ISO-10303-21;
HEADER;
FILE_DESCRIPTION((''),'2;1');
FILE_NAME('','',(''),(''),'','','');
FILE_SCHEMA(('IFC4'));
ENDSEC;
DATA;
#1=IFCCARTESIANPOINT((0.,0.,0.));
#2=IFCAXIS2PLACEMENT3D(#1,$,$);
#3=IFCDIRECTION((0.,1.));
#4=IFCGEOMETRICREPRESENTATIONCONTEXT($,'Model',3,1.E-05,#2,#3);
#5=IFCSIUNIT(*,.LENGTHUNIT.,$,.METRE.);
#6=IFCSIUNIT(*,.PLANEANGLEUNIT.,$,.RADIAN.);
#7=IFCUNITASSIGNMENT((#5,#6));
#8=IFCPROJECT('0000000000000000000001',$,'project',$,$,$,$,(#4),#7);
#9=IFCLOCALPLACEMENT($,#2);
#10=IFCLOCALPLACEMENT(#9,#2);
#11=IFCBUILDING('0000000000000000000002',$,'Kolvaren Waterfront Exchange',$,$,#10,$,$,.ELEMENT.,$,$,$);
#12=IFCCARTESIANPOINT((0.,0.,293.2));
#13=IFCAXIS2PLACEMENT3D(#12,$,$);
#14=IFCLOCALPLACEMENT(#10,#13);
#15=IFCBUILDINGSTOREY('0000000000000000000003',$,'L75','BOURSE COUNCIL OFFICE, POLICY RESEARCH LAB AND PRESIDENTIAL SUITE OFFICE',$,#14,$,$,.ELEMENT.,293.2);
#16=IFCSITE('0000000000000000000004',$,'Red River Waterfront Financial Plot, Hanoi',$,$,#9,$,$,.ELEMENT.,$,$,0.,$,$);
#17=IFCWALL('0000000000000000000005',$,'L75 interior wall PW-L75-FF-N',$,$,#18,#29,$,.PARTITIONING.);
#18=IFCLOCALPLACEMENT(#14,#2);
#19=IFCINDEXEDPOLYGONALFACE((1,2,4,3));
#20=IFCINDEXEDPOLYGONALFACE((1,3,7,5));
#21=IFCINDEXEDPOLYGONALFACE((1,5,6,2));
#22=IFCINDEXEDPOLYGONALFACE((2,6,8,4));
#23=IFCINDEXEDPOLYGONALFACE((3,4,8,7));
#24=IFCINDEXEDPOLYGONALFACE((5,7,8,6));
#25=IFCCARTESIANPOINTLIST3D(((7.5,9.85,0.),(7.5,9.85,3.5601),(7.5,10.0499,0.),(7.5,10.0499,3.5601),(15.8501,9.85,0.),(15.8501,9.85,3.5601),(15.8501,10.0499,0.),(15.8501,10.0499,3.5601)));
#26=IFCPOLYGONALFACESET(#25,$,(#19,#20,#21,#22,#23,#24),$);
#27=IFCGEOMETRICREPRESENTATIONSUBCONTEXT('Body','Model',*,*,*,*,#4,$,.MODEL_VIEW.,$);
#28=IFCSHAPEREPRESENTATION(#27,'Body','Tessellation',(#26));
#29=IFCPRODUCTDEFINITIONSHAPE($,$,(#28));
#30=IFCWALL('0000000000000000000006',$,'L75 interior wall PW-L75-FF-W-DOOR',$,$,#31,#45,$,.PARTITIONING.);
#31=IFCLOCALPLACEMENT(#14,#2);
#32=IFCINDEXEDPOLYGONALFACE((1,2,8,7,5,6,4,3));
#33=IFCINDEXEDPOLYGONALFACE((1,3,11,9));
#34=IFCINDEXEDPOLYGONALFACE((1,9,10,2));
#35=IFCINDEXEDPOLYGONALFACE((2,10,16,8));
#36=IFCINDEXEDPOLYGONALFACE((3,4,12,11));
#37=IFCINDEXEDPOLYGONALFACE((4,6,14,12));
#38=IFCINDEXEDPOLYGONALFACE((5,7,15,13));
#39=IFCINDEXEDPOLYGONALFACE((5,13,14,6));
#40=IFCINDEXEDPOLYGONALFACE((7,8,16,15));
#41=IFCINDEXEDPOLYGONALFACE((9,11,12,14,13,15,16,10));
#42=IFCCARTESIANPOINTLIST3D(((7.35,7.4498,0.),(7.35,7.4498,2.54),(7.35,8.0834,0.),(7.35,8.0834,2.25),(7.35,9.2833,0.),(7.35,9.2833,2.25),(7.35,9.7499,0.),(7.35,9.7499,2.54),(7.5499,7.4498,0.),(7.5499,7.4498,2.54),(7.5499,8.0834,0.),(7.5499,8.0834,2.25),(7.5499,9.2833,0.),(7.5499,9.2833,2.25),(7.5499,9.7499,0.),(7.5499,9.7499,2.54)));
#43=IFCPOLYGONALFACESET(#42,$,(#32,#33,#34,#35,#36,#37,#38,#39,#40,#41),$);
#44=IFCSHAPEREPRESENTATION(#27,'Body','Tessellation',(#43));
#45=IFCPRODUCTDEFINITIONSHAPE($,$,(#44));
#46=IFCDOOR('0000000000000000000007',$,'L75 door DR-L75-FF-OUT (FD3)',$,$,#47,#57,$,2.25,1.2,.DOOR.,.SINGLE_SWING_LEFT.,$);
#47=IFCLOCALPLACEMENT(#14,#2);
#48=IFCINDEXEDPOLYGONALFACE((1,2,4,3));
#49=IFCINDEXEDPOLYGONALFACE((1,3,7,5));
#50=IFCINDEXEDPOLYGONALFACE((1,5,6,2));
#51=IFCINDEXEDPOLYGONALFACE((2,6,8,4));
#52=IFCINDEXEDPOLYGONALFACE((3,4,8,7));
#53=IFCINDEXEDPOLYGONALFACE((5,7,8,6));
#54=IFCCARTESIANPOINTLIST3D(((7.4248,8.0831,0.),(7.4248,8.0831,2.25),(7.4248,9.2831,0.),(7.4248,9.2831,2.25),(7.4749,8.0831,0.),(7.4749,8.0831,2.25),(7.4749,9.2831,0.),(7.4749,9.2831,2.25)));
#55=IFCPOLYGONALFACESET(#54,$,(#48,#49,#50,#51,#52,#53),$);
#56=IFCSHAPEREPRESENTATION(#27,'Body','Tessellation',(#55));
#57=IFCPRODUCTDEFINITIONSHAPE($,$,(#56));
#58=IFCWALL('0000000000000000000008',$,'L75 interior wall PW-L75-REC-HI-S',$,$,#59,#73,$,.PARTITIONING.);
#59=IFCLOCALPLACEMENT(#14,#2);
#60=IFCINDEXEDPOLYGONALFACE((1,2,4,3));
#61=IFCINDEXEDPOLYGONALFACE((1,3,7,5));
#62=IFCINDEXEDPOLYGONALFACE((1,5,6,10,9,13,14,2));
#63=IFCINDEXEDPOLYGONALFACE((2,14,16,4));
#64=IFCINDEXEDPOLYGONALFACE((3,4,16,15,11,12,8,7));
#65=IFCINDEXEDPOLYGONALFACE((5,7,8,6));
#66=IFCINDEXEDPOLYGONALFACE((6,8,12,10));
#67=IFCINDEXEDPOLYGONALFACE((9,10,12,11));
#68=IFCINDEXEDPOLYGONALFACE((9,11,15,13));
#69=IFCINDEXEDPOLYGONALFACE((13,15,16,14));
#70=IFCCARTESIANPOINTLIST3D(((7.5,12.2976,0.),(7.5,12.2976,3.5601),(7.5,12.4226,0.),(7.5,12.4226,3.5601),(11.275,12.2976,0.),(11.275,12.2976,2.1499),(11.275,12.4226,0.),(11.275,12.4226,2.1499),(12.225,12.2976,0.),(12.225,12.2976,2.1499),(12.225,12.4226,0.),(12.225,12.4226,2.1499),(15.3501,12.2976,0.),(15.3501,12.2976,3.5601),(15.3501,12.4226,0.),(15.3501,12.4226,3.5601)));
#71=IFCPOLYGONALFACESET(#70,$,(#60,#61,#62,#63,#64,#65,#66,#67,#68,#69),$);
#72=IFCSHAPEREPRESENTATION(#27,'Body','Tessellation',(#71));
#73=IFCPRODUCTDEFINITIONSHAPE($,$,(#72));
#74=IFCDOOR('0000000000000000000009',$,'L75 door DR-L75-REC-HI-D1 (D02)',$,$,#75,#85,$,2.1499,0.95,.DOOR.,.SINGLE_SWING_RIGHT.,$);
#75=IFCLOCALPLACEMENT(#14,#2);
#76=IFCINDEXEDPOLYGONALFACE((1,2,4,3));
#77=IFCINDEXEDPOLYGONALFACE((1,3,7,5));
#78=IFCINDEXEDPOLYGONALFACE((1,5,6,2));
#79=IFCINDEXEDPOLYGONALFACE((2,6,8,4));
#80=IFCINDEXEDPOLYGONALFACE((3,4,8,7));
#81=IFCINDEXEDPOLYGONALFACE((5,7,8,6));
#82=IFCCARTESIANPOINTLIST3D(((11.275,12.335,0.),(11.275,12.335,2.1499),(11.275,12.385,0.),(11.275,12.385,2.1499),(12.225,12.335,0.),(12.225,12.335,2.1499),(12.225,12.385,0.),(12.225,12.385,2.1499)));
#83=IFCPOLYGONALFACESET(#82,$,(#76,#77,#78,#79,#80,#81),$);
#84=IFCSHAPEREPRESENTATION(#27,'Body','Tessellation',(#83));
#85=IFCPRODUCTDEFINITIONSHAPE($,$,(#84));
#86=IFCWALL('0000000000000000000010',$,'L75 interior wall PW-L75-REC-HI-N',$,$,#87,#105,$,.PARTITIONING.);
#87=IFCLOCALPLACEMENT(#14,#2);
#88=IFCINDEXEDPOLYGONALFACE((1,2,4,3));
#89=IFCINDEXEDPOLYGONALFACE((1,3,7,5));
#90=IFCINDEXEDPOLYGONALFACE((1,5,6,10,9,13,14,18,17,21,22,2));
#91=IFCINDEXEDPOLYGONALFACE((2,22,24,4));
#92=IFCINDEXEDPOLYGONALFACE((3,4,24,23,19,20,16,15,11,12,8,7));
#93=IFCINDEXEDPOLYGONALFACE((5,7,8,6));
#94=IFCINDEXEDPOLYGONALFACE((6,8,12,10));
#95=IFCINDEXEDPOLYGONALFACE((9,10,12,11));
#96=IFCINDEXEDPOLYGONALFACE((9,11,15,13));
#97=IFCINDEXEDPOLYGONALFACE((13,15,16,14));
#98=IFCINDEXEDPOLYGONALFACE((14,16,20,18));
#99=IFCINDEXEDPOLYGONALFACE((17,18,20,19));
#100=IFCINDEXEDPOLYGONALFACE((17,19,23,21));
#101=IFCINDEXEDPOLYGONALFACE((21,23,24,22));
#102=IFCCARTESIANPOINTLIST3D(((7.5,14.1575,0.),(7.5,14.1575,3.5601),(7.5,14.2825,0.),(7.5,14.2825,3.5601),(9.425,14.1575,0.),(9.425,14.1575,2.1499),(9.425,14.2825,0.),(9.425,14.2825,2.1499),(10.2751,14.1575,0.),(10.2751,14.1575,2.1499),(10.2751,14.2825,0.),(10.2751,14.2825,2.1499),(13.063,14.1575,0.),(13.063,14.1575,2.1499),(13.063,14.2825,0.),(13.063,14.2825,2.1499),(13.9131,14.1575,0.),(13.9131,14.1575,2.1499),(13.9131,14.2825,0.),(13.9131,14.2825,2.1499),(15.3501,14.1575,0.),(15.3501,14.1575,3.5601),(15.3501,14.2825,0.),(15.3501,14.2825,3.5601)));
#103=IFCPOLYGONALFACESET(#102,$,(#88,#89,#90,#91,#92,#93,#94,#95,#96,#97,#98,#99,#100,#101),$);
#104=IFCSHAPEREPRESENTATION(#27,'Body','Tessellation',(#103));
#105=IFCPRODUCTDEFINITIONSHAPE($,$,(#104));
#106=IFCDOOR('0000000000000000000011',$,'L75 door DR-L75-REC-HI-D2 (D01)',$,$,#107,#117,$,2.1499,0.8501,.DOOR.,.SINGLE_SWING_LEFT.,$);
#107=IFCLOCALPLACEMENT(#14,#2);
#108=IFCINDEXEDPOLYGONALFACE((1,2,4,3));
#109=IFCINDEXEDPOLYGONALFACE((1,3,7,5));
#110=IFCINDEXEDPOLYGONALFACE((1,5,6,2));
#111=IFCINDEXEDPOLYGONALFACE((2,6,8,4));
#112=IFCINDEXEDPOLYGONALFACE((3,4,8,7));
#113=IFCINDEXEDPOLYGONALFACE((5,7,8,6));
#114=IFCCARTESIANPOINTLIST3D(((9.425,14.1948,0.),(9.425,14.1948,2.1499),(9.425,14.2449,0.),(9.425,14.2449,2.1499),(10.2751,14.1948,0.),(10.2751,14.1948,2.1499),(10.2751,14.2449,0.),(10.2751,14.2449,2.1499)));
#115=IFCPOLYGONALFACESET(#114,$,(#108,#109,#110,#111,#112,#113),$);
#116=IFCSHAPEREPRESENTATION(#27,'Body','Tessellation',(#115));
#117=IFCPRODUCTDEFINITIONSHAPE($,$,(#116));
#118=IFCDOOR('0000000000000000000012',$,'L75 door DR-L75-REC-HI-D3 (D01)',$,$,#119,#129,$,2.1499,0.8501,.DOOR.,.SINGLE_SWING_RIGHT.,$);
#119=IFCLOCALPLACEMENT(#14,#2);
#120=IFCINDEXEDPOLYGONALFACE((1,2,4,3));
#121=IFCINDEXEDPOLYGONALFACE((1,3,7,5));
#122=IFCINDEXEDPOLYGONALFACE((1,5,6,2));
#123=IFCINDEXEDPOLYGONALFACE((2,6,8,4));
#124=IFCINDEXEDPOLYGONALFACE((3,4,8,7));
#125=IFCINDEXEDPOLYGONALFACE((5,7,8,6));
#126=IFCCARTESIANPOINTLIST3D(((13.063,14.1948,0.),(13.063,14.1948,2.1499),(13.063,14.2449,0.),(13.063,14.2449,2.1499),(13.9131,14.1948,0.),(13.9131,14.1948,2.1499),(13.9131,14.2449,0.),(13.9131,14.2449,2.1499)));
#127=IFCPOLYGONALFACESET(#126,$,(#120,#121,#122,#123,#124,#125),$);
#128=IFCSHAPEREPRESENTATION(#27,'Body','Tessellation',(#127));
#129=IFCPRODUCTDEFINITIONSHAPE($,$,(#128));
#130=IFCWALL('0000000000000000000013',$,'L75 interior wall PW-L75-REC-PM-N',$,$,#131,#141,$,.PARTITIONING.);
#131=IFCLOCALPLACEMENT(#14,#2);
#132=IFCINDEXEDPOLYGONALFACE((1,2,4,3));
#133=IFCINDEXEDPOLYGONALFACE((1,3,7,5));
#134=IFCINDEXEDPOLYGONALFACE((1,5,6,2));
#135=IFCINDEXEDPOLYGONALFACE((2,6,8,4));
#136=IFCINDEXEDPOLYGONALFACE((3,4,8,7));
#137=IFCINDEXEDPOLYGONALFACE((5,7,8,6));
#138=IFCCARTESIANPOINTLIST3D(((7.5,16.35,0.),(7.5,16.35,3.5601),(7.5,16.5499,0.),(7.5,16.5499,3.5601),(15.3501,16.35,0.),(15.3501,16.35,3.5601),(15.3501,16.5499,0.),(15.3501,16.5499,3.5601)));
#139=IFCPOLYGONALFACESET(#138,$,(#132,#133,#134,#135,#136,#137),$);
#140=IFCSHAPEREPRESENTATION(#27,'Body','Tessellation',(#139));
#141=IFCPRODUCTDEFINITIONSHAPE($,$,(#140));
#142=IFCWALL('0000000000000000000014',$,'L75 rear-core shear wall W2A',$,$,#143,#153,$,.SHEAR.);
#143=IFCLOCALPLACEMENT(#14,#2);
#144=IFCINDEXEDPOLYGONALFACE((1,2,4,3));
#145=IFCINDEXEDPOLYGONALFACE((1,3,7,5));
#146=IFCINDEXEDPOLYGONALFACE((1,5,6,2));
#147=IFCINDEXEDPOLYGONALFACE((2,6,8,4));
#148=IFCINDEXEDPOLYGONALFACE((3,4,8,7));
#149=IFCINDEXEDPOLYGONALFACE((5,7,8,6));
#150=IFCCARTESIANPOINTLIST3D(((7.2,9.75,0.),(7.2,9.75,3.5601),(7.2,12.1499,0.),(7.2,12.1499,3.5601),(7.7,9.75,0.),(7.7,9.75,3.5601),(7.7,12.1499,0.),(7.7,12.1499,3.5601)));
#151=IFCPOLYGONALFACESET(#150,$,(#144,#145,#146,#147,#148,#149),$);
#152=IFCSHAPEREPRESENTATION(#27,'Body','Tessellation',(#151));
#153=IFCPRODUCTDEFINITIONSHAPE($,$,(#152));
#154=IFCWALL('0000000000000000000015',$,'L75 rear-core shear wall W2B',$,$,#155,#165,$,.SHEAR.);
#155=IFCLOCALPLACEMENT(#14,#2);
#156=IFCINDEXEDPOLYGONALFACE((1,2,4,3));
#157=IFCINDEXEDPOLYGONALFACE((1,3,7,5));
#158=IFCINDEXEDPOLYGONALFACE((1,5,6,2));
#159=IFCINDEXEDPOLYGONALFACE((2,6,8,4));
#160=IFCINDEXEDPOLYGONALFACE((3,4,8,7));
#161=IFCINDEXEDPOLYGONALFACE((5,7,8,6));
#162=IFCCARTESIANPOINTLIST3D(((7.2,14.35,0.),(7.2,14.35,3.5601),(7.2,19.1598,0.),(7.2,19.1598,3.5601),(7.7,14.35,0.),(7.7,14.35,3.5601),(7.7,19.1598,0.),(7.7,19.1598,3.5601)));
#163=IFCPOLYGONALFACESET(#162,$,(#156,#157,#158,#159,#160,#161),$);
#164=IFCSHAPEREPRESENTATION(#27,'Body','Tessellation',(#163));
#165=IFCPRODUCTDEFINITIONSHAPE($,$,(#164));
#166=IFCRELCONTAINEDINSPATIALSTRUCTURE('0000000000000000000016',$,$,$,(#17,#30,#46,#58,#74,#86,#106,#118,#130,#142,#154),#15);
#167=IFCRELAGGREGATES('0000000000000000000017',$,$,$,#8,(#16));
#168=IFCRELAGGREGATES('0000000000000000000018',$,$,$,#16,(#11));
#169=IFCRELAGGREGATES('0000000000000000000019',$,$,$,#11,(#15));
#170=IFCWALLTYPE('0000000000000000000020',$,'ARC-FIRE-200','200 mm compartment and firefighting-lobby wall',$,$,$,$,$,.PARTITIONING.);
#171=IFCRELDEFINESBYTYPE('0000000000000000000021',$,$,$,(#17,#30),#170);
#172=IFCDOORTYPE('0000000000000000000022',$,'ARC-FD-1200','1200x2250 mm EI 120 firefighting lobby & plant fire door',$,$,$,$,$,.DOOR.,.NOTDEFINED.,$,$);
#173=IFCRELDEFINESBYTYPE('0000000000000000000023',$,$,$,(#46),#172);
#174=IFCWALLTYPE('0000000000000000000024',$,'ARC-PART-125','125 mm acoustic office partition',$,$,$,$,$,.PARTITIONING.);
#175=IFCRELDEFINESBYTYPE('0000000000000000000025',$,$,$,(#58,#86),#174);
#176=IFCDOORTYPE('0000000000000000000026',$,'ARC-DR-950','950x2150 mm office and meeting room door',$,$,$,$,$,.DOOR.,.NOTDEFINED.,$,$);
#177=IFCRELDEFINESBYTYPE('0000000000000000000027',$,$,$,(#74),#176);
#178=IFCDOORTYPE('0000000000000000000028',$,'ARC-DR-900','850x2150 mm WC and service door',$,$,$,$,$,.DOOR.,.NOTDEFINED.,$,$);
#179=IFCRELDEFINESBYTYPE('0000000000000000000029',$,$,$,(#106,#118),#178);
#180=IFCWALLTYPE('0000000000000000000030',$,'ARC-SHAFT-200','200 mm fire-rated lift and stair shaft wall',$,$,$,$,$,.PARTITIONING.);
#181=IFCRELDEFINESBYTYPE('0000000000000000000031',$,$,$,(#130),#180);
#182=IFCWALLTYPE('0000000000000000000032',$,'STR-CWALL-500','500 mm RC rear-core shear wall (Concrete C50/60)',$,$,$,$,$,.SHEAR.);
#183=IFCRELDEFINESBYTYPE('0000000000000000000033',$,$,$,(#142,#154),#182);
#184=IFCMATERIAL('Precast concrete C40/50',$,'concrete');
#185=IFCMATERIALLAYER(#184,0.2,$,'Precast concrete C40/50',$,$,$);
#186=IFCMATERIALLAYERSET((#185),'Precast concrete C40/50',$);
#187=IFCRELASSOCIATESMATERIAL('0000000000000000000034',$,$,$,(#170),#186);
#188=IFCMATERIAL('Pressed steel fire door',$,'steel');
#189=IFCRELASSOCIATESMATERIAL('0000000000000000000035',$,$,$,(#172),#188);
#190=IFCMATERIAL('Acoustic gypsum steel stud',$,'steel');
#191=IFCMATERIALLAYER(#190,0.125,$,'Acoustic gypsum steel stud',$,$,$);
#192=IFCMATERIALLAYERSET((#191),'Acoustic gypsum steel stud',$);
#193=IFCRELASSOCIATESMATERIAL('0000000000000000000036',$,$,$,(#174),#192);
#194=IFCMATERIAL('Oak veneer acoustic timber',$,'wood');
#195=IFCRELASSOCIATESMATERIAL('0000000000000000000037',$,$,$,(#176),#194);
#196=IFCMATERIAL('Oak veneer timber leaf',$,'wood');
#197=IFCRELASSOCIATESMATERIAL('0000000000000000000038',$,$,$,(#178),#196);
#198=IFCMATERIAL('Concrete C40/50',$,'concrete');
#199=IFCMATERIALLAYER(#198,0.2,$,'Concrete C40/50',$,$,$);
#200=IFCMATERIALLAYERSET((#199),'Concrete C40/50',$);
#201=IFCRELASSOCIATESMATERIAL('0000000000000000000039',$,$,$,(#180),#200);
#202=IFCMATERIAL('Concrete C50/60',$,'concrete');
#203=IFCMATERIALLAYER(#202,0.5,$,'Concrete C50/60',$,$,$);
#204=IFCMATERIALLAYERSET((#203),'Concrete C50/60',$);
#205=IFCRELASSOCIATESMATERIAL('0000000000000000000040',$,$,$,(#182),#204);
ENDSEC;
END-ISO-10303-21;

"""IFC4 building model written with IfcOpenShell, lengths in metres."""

from ifc_helpers import new_model, si_unit, direction, frame, frame_2d, origin, place, context, subcontext, project, spatial, rectangle, extrude, material, layer, layer_set, type_object, element, fill, save


model = new_model("IFC4")

# Units and contexts
model_context = context("Model", 3, precision=1e-05, world=origin(), true_north=direction((0.0, 1.0)))
body_context = subcontext(model_context, "Body", "Model", "MODEL_VIEW")
ifc_project = project(units=[si_unit("LENGTHUNIT", "METRE"), si_unit("PLANEANGLEUNIT", "RADIAN")], contexts=[model_context])

# Site, building, storey
site_placement = place(None, origin())
site = spatial("IfcSite", under=ifc_project, at=site_placement, Name="Red River Waterfront Financial Plot, Hanoi", CompositionType="ELEMENT", RefElevation=0.0)
building_placement = place(site_placement, origin())
building = spatial("IfcBuilding", under=site, at=building_placement, Name="Kolvaren Waterfront Exchange", CompositionType="ELEMENT")
storey_placement = place(building_placement, frame((0.0, 0.0, 293.2)))
storey = spatial("IfcBuildingStorey", under=building, at=storey_placement, Name="L75", Description="BOURSE COUNCIL OFFICE, POLICY RESEARCH LAB AND PRESIDENTIAL SUITE OFFICE", CompositionType="ELEMENT", Elevation=293.2)

# Wall
ifc_material_1 = material(Name="Precast concrete C40/50", Category="concrete")
ifc_layer_1 = layer(ifc_material_1, 0.2, Name="Precast concrete C40/50")
ifc_layer_set_1 = layer_set([ifc_layer_1], Name="Precast concrete C40/50")
wall_type_1 = type_object("IfcWallType", Name="ARC-FIRE-200", Description="200 mm compartment and firefighting-lobby wall", PredefinedType="PARTITIONING", material=ifc_layer_set_1)
wall_1_placement = place(storey_placement, frame((7.5, 9.95, 0.0), z_axis=(0.0, 0.0, 1.0), x_axis=(1.0, 0.0, 0.0)))
element("IfcWall", 1, at=wall_1_placement, inside=storey, type_object=wall_type_1, Name="L75 interior wall PW-L75-FF-N", PredefinedType="PARTITIONING", context=body_context, shape_type="SweptSolid", body=[
    extrude(rectangle(XDim=8.3501, YDim=0.2, at=frame_2d((4.175, 0.0))), origin(), (0.0, 0.0, 1.0), 3.5601),
])

# Walls, openings, doors
wall_2_placement = place(storey_placement, frame((7.45, 7.45, 0.0), z_axis=(0.0, 0.0, 1.0), x_axis=(0.0, 1.0, 0.0)))
wall_2 = element("IfcWall", 2, at=wall_2_placement, inside=storey, type_object=wall_type_1, Name="L75 interior wall PW-L75-FF-W-DOOR", PredefinedType="PARTITIONING", context=body_context, shape_type="SweptSolid", body=[
    extrude(rectangle(XDim=2.3, YDim=0.2, at=frame_2d((1.1499, 0.0))), origin(), (0.0, 0.0, 1.0), 2.54),
])
opening_1_placement = place(wall_2_placement, frame((0.6333, 0.0, 0.0)))
opening_1 = element("IfcOpeningElement", 3, at=opening_1_placement, cuts=wall_2, PredefinedType="OPENING", context=body_context, shape_type="SweptSolid", body=[
    extrude(rectangle(XDim=1.2, YDim=2.25, at=frame_2d((0.6001, 1.125))), frame((0.0, 0.1099, 0.0), z_axis=(0.0, -1.0, 0.0), x_axis=(1.0, 0.0, 0.0)), (0.0, 0.0, 1.0), 0.22),
])
ifc_material_2 = material(Name="Pressed steel fire door", Category="steel")
door_type_1 = type_object("IfcDoorType", Name="ARC-FD-1200", Description="1200x2250 mm EI 120 firefighting lobby & plant fire door", OperationType="NOTDEFINED", PredefinedType="DOOR", material=ifc_material_2)
door_1_placement = place(opening_1_placement, frame((1.2, 0.0, 0.0), z_axis=(0.0, 0.0, 1.0), x_axis=(-1.0, 0.0, 0.0)))
door_1 = element("IfcDoor", 4, at=door_1_placement, inside=storey, type_object=door_type_1, Name="L75 door DR-L75-FF-OUT (FD3)", OperationType="SINGLE_SWING_LEFT", OverallHeight=2.25, OverallWidth=1.2, PredefinedType="DOOR", context=body_context, shape_type="SweptSolid", body=[
    extrude(rectangle(XDim=1.2, YDim=2.25, at=frame_2d((0.6001, 1.125))), frame((0.0, 0.0249, 0.0), z_axis=(0.0, -1.0, 0.0), x_axis=(1.0, 0.0, 0.0)), (0.0, 0.0, 1.0), 0.05),
])
fill(opening_1, door_1)
ifc_material_3 = material(Name="Acoustic gypsum steel stud", Category="steel")
ifc_layer_2 = layer(ifc_material_3, 0.125, Name="Acoustic gypsum steel stud")
ifc_layer_set_2 = layer_set([ifc_layer_2], Name="Acoustic gypsum steel stud")
wall_type_2 = type_object("IfcWallType", Name="ARC-PART-125", Description="125 mm acoustic office partition", PredefinedType="PARTITIONING", material=ifc_layer_set_2)
wall_3_placement = place(storey_placement, frame((7.5, 12.3601, 0.0), z_axis=(0.0, 0.0, 1.0), x_axis=(1.0, 0.0, 0.0)))
wall_3 = element("IfcWall", 5, at=wall_3_placement, inside=storey, type_object=wall_type_2, Name="L75 interior wall PW-L75-REC-HI-S", PredefinedType="PARTITIONING", context=body_context, shape_type="SweptSolid", body=[
    extrude(rectangle(XDim=7.8501, YDim=0.125, at=frame_2d((3.925, 0.0))), origin(), (0.0, 0.0, 1.0), 3.5601),
])
opening_2_placement = place(wall_3_placement, frame((3.7749, 0.0, 0.0)))
opening_2 = element("IfcOpeningElement", 6, at=opening_2_placement, cuts=wall_3, PredefinedType="OPENING", context=body_context, shape_type="SweptSolid", body=[
    extrude(rectangle(XDim=0.95, YDim=2.1499, at=frame_2d((0.4751, 1.075))), frame((0.0, 0.0725, 0.0), z_axis=(0.0, -1.0, 0.0), x_axis=(1.0, 0.0, 0.0)), (0.0, 0.0, 1.0), 0.145),
])
ifc_material_4 = material(Name="Oak veneer acoustic timber", Category="wood")
door_type_2 = type_object("IfcDoorType", Name="ARC-DR-950", Description="950x2150 mm office and meeting room door", OperationType="NOTDEFINED", PredefinedType="DOOR", material=ifc_material_4)
door_2_placement = place(opening_2_placement, origin())
door_2 = element("IfcDoor", 7, at=door_2_placement, inside=storey, type_object=door_type_2, Name="L75 door DR-L75-REC-HI-D1 (D02)", OperationType="SINGLE_SWING_RIGHT", OverallHeight=2.1499, OverallWidth=0.95, PredefinedType="DOOR", context=body_context, shape_type="SweptSolid", body=[
    extrude(rectangle(XDim=0.95, YDim=2.1499, at=frame_2d((0.4751, 1.075))), frame((0.0, 0.0249, 0.0), z_axis=(0.0, -1.0, 0.0), x_axis=(1.0, 0.0, 0.0)), (0.0, 0.0, 1.0), 0.05),
])
fill(opening_2, door_2)

# Wall, openings, doors
wall_4_placement = place(storey_placement, frame((7.5, 14.22, 0.0), z_axis=(0.0, 0.0, 1.0), x_axis=(1.0, 0.0, 0.0)))
wall_4 = element("IfcWall", 8, at=wall_4_placement, inside=storey, type_object=wall_type_2, Name="L75 interior wall PW-L75-REC-HI-N", PredefinedType="PARTITIONING", context=body_context, shape_type="SweptSolid", body=[
    extrude(rectangle(XDim=7.8501, YDim=0.125, at=frame_2d((3.925, 0.0))), origin(), (0.0, 0.0, 1.0), 3.5601),
])
opening_3_placement = place(wall_4_placement, frame((1.925, 0.0, 0.0)))
opening_3 = element("IfcOpeningElement", 9, at=opening_3_placement, cuts=wall_4, PredefinedType="OPENING", context=body_context, shape_type="SweptSolid", body=[
    extrude(rectangle(XDim=0.8501, YDim=2.1499, at=frame_2d((0.425, 1.075))), frame((0.0, 0.0725, 0.0), z_axis=(0.0, -1.0, 0.0), x_axis=(1.0, 0.0, 0.0)), (0.0, 0.0, 1.0), 0.145),
])
opening_4_placement = place(wall_4_placement, frame((5.563, 0.0, 0.0)))
opening_4 = element("IfcOpeningElement", 10, at=opening_4_placement, cuts=wall_4, PredefinedType="OPENING", context=body_context, shape_type="SweptSolid", body=[
    extrude(rectangle(XDim=0.8501, YDim=2.1499, at=frame_2d((0.425, 1.075))), frame((0.0, 0.0725, 0.0), z_axis=(0.0, -1.0, 0.0), x_axis=(1.0, 0.0, 0.0)), (0.0, 0.0, 1.0), 0.145),
])
ifc_material_5 = material(Name="Oak veneer timber leaf", Category="wood")
door_type_3 = type_object("IfcDoorType", Name="ARC-DR-900", Description="850x2150 mm WC and service door", OperationType="NOTDEFINED", PredefinedType="DOOR", material=ifc_material_5)
door_3_placement = place(opening_3_placement, origin())
door_3 = element("IfcDoor", 11, at=door_3_placement, inside=storey, type_object=door_type_3, Name="L75 door DR-L75-REC-HI-D2 (D01)", OperationType="SINGLE_SWING_LEFT", OverallHeight=2.1499, OverallWidth=0.8501, PredefinedType="DOOR", context=body_context, shape_type="SweptSolid", body=[
    extrude(rectangle(XDim=0.8501, YDim=2.1499, at=frame_2d((0.425, 1.075))), frame((0.0, 0.0249, 0.0), z_axis=(0.0, -1.0, 0.0), x_axis=(1.0, 0.0, 0.0)), (0.0, 0.0, 1.0), 0.05),
])
fill(opening_3, door_3)
door_4_placement = place(opening_4_placement, origin())
door_4 = element("IfcDoor", 12, at=door_4_placement, inside=storey, type_object=door_type_3, Name="L75 door DR-L75-REC-HI-D3 (D01)", OperationType="SINGLE_SWING_RIGHT", OverallHeight=2.1499, OverallWidth=0.8501, PredefinedType="DOOR", context=body_context, shape_type="SweptSolid", body=[
    extrude(rectangle(XDim=0.8501, YDim=2.1499, at=frame_2d((0.425, 1.075))), frame((0.0, 0.0249, 0.0), z_axis=(0.0, -1.0, 0.0), x_axis=(1.0, 0.0, 0.0)), (0.0, 0.0, 1.0), 0.05),
])
fill(opening_4, door_4)

# Walls
ifc_material_6 = material(Name="Concrete C40/50", Category="concrete")
ifc_layer_3 = layer(ifc_material_6, 0.2, Name="Concrete C40/50")
ifc_layer_set_3 = layer_set([ifc_layer_3], Name="Concrete C40/50")
wall_type_3 = type_object("IfcWallType", Name="ARC-SHAFT-200", Description="200 mm fire-rated lift and stair shaft wall", PredefinedType="PARTITIONING", material=ifc_layer_set_3)
wall_5_placement = place(storey_placement, frame((7.5, 16.45, 0.0), z_axis=(0.0, 0.0, 1.0), x_axis=(1.0, 0.0, 0.0)))
element("IfcWall", 13, at=wall_5_placement, inside=storey, type_object=wall_type_3, Name="L75 interior wall PW-L75-REC-PM-N", PredefinedType="PARTITIONING", context=body_context, shape_type="SweptSolid", body=[
    extrude(rectangle(XDim=7.8501, YDim=0.2, at=frame_2d((3.925, 0.0))), origin(), (0.0, 0.0, 1.0), 3.5601),
])
ifc_material_7 = material(Name="Concrete C50/60", Category="concrete")
ifc_layer_4 = layer(ifc_material_7, 0.5, Name="Concrete C50/60")
ifc_layer_set_4 = layer_set([ifc_layer_4], Name="Concrete C50/60")
wall_type_4 = type_object("IfcWallType", Name="STR-CWALL-500", Description="500 mm RC rear-core shear wall (Concrete C50/60)", PredefinedType="SHEAR", material=ifc_layer_set_4)
wall_6_placement = place(storey_placement, frame((7.45, 9.75, 0.0), z_axis=(0.0, 0.0, 1.0), x_axis=(0.0, 1.0, 0.0)))
element("IfcWall", 14, at=wall_6_placement, inside=storey, type_object=wall_type_4, Name="L75 rear-core shear wall W2A", PredefinedType="SHEAR", context=body_context, shape_type="SweptSolid", body=[
    extrude(rectangle(XDim=2.3999, YDim=0.5, at=frame_2d((1.2, 0.0))), origin(), (0.0, 0.0, 1.0), 3.5601),
])
wall_7_placement = place(storey_placement, frame((7.45, 14.3501, 0.0), z_axis=(0.0, 0.0, 1.0), x_axis=(0.0, 1.0, 0.0)))
element("IfcWall", 15, at=wall_7_placement, inside=storey, type_object=wall_type_4, Name="L75 rear-core shear wall W2B", PredefinedType="SHEAR", context=body_context, shape_type="SweptSolid", body=[
    extrude(rectangle(XDim=4.8098, YDim=0.5, at=frame_2d((2.4048, 0.0))), origin(), (0.0, 0.0, 1.0), 3.5601),
])

save(model, "model.ifc")
